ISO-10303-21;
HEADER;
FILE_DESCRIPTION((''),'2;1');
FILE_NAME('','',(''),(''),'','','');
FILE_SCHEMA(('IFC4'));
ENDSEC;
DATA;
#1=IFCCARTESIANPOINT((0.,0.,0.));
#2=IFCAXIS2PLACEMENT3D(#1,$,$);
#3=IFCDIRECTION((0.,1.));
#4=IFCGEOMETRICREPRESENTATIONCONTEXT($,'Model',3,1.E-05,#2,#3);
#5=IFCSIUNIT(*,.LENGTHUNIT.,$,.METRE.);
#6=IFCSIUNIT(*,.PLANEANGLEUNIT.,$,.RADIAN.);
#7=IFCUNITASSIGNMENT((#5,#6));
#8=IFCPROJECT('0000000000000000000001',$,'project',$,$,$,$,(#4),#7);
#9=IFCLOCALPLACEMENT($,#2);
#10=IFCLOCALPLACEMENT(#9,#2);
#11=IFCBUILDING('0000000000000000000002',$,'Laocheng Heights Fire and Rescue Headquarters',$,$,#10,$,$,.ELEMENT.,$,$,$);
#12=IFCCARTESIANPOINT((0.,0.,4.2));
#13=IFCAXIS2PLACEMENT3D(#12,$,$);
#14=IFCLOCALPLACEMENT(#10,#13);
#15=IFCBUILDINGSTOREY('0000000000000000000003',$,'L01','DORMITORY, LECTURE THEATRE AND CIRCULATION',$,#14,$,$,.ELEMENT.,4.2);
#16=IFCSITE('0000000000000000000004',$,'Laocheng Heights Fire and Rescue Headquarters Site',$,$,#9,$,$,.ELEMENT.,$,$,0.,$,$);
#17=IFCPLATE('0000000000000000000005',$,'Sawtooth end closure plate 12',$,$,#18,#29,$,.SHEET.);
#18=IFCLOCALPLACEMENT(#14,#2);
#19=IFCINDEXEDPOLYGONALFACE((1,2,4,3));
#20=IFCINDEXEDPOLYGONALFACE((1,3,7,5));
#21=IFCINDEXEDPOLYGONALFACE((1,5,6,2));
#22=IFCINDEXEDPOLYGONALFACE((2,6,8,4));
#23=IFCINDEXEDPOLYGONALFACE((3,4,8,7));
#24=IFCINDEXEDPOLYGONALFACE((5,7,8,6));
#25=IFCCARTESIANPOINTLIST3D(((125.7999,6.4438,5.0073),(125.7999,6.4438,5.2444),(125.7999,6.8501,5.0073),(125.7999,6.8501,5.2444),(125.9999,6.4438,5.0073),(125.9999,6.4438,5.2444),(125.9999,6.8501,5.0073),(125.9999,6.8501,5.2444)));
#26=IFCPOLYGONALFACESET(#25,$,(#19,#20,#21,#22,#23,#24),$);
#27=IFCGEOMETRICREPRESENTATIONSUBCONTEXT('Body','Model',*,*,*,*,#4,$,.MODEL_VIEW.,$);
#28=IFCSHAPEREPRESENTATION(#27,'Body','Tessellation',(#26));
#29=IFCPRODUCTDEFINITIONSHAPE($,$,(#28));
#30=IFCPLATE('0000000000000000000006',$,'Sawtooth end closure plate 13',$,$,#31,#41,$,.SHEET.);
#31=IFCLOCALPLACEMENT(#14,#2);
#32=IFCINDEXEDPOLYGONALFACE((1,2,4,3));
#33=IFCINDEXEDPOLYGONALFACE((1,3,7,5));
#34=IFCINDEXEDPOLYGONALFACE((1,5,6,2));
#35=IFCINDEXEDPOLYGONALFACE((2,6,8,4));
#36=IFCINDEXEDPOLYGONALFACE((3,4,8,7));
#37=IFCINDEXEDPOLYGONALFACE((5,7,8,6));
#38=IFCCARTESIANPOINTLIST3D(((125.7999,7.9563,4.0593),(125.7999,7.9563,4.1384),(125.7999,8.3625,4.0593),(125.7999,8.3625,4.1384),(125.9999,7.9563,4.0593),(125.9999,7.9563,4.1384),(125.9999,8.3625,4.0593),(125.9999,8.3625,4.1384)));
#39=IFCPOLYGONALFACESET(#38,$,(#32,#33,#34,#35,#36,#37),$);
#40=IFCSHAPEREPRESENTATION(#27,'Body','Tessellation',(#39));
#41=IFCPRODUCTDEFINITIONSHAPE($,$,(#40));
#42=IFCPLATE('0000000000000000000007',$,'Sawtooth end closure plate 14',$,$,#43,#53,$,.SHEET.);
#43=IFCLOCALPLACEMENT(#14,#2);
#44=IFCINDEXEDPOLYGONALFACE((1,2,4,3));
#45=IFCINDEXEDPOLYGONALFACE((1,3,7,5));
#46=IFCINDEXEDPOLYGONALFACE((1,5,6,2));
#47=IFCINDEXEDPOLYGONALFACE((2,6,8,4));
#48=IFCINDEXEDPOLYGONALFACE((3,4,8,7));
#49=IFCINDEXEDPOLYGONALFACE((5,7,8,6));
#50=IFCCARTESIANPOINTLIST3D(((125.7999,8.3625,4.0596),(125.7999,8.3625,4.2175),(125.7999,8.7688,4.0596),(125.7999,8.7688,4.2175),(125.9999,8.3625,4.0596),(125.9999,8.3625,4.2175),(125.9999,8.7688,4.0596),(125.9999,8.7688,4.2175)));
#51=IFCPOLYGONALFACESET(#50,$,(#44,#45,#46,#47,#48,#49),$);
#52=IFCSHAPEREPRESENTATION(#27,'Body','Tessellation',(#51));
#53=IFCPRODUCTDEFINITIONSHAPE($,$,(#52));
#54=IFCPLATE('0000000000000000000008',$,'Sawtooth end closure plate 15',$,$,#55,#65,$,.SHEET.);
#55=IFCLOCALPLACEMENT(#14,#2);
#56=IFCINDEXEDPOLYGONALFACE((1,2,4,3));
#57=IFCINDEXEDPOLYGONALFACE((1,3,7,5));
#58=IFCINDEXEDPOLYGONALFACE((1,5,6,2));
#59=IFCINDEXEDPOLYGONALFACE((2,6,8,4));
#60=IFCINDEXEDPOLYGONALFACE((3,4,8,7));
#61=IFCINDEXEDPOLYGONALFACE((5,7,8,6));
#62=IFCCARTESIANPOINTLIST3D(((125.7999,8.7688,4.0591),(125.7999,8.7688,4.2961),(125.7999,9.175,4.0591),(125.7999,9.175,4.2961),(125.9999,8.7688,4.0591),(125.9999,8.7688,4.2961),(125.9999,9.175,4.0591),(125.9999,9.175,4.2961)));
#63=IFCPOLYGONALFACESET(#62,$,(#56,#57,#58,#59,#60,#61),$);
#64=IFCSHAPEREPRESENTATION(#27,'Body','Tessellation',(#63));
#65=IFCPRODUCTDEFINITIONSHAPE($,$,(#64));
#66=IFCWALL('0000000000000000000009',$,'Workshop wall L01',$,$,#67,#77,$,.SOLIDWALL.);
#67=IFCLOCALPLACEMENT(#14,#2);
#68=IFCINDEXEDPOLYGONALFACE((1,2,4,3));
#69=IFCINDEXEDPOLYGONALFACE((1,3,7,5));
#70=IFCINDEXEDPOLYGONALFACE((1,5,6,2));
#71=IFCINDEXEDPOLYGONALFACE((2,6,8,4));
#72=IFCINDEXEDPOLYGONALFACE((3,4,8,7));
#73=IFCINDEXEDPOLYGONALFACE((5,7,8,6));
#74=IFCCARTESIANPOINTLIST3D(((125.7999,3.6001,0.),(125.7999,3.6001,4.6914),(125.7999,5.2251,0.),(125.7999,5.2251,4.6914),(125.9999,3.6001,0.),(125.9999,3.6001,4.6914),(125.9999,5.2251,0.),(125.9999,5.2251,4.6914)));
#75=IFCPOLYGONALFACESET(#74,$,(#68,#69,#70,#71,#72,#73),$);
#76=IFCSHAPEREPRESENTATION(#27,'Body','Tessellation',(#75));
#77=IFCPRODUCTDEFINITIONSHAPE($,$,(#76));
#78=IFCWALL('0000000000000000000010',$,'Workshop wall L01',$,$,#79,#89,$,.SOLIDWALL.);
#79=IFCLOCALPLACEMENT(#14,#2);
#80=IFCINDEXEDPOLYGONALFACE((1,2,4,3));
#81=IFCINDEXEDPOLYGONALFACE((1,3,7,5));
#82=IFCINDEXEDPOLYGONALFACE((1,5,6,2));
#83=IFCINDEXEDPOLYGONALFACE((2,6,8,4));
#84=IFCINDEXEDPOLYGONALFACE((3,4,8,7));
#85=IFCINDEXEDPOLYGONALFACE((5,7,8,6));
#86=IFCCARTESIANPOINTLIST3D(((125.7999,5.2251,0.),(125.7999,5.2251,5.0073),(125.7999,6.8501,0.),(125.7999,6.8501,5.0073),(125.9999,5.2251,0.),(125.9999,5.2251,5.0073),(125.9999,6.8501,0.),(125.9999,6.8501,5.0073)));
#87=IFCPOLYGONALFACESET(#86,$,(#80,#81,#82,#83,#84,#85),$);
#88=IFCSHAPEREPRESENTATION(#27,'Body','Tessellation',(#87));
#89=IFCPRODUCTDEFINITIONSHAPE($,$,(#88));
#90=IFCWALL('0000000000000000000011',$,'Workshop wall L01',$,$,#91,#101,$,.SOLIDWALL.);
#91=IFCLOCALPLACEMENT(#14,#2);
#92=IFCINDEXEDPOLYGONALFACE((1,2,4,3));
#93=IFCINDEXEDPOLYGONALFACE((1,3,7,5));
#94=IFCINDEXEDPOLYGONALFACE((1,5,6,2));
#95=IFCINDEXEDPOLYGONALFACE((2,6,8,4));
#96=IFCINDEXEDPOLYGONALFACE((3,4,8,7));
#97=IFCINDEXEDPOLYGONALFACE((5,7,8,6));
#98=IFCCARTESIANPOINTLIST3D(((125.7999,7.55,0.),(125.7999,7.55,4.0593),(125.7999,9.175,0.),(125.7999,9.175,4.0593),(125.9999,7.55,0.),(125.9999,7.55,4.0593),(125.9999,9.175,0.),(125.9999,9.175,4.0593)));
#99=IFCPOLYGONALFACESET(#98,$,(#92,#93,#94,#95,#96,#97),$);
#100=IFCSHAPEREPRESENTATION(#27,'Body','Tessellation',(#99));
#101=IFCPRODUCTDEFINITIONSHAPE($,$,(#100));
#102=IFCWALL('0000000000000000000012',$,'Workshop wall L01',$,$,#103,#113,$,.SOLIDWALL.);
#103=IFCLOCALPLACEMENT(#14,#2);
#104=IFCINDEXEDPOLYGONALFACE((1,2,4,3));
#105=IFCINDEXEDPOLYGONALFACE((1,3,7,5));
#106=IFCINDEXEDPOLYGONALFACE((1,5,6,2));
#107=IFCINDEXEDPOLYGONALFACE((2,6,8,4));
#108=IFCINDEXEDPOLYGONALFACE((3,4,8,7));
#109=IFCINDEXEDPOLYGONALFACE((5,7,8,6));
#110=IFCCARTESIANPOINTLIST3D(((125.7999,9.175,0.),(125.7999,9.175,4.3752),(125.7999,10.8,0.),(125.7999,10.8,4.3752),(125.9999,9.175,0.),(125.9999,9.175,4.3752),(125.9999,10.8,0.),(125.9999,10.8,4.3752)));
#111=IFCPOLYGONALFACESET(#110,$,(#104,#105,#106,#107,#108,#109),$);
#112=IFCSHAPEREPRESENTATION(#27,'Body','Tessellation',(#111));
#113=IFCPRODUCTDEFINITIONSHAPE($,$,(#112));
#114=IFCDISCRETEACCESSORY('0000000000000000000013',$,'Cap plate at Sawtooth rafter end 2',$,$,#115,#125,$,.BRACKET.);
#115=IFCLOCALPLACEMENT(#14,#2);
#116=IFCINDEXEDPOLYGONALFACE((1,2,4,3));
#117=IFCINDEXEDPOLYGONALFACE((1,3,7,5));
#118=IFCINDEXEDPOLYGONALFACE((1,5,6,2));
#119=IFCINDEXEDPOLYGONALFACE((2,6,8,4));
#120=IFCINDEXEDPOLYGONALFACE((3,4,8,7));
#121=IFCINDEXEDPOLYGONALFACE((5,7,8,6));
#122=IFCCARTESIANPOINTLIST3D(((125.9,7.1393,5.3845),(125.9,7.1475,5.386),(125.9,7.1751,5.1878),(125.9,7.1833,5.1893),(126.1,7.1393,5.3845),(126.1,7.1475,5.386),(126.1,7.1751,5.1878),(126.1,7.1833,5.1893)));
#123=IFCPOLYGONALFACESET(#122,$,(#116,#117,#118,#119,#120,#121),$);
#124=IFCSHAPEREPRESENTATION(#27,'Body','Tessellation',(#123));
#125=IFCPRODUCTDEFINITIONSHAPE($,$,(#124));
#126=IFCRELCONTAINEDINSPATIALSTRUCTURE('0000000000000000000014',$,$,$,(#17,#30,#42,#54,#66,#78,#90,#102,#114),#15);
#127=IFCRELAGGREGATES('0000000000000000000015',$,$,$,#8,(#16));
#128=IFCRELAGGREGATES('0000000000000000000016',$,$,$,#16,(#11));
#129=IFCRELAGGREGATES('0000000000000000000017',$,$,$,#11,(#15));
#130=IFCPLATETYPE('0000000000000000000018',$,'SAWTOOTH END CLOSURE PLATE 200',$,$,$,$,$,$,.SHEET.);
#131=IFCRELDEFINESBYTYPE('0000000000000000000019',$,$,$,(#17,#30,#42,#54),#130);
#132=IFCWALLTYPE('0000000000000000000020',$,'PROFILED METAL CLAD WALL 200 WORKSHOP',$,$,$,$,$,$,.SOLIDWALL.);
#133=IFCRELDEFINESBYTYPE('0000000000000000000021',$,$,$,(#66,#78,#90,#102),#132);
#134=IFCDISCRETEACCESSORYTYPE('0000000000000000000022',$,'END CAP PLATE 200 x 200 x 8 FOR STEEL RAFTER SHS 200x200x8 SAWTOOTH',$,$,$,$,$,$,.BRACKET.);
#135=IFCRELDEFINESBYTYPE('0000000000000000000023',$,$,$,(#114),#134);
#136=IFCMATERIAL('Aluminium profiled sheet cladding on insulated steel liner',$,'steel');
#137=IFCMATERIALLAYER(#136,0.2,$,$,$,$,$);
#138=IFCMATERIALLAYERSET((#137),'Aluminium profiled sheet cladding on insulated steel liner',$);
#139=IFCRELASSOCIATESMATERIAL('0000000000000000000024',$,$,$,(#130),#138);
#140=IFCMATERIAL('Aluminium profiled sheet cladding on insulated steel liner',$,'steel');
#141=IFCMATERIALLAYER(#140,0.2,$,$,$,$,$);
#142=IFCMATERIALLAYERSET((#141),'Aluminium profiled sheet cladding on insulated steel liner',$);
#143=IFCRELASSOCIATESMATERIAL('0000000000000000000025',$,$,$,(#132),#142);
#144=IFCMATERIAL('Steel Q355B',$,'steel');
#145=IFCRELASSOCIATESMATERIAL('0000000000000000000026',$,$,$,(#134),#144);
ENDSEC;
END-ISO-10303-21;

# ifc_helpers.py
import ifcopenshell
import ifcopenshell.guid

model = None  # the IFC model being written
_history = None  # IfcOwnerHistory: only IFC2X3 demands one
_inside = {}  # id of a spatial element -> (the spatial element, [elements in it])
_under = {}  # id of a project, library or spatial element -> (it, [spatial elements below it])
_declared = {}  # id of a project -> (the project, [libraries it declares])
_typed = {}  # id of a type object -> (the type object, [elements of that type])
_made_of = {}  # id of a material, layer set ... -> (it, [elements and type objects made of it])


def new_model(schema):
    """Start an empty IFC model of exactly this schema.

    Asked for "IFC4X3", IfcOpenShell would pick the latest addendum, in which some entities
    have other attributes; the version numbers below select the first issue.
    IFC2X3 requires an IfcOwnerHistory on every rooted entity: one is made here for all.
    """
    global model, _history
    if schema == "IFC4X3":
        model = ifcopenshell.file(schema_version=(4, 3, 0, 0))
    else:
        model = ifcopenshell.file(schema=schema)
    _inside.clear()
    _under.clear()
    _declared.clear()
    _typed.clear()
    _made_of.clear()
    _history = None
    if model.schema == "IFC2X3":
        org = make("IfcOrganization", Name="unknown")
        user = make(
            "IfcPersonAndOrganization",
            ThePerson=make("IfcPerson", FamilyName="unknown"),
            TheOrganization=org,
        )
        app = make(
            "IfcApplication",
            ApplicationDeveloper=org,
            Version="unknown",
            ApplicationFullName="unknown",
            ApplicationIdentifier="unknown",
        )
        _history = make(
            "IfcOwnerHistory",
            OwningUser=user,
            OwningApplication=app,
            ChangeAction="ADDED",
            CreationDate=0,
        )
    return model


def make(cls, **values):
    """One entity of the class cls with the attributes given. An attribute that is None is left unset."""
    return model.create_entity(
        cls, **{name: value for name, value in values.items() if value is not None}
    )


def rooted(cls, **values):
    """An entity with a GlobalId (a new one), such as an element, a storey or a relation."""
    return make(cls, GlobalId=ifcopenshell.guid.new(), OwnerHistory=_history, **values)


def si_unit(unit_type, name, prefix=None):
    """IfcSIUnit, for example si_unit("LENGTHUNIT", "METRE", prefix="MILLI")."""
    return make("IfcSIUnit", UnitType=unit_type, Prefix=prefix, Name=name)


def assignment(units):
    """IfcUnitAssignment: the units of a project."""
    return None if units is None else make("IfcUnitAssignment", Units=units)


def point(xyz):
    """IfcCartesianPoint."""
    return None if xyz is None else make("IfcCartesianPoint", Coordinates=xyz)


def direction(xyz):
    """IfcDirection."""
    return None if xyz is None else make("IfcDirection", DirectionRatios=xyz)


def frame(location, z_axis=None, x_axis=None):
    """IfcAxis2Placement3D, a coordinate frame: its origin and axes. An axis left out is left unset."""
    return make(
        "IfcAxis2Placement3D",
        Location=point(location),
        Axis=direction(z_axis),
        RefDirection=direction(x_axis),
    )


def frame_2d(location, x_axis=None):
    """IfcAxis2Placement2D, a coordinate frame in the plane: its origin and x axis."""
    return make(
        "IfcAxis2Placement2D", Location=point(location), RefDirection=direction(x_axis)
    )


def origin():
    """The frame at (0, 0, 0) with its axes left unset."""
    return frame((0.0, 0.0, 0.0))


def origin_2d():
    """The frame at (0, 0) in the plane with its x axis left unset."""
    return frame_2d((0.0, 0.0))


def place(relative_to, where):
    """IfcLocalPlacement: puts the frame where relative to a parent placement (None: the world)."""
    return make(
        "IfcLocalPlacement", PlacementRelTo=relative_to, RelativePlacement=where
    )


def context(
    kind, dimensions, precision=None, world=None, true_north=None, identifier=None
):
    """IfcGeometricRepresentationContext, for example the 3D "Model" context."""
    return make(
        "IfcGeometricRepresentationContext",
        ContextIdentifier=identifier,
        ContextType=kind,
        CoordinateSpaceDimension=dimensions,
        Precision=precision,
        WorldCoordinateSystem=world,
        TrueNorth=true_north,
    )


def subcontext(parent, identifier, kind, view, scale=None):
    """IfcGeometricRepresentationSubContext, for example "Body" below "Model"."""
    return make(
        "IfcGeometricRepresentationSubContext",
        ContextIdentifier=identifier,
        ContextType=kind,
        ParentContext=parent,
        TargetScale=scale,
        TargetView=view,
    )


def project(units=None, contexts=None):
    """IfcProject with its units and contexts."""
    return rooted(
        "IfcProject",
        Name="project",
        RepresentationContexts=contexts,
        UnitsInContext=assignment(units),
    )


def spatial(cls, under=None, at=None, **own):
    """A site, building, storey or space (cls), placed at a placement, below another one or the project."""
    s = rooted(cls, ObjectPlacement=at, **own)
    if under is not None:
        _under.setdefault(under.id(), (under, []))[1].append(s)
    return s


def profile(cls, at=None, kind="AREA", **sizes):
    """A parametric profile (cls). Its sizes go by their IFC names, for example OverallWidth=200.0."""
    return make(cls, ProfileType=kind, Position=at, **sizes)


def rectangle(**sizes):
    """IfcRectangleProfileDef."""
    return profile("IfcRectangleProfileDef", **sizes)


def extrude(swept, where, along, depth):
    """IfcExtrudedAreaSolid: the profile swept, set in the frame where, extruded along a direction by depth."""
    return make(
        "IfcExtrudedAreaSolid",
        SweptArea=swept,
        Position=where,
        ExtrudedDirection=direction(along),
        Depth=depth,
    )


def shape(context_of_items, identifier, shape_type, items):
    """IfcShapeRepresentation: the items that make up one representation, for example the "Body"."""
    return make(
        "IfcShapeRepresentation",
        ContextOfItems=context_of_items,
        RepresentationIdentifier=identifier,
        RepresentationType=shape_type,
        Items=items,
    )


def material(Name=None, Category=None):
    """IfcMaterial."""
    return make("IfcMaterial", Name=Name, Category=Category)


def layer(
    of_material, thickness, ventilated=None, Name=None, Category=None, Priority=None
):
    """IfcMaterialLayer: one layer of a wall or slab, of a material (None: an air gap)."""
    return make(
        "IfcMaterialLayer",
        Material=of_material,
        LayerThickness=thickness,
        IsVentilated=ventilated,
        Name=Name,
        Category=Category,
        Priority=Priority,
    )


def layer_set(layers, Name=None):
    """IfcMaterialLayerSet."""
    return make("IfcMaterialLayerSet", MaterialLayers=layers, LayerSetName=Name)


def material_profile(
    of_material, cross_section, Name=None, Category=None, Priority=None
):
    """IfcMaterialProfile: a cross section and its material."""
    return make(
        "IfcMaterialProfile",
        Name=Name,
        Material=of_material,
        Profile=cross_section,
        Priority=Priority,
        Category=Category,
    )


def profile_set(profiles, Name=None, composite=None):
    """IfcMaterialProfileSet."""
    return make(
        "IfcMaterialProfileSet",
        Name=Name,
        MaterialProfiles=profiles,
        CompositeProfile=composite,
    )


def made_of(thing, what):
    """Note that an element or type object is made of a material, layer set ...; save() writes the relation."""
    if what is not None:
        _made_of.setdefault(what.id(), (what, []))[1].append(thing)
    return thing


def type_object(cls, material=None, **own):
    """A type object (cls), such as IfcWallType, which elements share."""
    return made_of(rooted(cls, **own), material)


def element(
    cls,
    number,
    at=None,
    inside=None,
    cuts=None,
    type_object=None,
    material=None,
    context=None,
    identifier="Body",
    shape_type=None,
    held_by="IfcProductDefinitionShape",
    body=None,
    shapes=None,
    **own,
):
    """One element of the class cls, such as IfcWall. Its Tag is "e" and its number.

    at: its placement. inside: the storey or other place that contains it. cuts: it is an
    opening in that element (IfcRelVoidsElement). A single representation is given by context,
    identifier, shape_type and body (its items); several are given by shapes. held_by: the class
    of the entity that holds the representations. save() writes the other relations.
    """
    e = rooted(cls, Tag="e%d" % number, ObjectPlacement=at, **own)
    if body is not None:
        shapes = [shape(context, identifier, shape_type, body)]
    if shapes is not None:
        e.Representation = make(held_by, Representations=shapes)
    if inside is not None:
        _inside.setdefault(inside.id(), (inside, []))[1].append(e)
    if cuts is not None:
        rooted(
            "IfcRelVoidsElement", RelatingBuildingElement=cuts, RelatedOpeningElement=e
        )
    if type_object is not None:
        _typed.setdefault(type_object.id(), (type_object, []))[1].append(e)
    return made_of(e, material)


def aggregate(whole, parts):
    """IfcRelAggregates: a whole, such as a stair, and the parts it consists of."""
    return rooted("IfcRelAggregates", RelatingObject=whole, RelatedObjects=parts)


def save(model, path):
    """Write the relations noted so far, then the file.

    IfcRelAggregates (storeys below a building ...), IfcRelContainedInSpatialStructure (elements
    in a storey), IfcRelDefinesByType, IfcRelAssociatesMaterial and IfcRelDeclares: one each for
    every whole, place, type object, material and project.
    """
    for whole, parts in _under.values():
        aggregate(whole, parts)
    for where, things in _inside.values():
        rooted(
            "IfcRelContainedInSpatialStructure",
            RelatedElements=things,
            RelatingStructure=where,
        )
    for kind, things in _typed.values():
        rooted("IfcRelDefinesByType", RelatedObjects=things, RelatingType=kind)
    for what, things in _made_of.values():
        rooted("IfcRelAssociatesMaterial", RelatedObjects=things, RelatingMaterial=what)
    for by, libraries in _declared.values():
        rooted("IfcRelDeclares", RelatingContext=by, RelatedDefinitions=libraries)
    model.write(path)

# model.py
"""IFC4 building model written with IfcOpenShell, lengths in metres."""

from ifc_helpers import new_model, si_unit, direction, frame, frame_2d, origin, origin_2d, place, context, subcontext, project, spatial, rectangle, extrude, material, layer, layer_set, material_profile, profile_set, type_object, element, save


model = new_model("IFC4")

# Units and contexts
model_context = context("Model", 3, precision=1e-05, world=origin(), true_north=direction((0.0, 1.0)))
body_context = subcontext(model_context, "Body", "Model", "MODEL_VIEW")
ifc_project = project(units=[si_unit("LENGTHUNIT", "METRE"), si_unit("PLANEANGLEUNIT", "RADIAN")], contexts=[model_context])

# Site, building, storey
site_placement = place(None, origin())
site = spatial("IfcSite", under=ifc_project, at=site_placement, Name="Laocheng Heights Fire and Rescue Headquarters Site", CompositionType="ELEMENT", RefElevation=0.0)
building_placement = place(site_placement, origin())
building = spatial("IfcBuilding", under=site, at=building_placement, Name="Laocheng Heights Fire and Rescue Headquarters", CompositionType="ELEMENT")
storey_placement = place(building_placement, frame((0.0, 0.0, 4.2)))
storey = spatial("IfcBuildingStorey", under=building, at=storey_placement, Name="L01", Description="DORMITORY, LECTURE THEATRE AND CIRCULATION", CompositionType="ELEMENT", Elevation=4.2)

# Plates
ifc_material_1 = material(Name="Aluminium profiled sheet cladding on insulated steel liner", Category="steel")
ifc_layer_1 = layer(ifc_material_1, 0.2)
ifc_layer_set_1 = layer_set([ifc_layer_1], Name="Aluminium profiled sheet cladding on insulated steel liner")
plate_type = type_object("IfcPlateType", Name="SAWTOOTH END CLOSURE PLATE 200", PredefinedType="SHEET", material=ifc_layer_set_1)
plate_1_placement = place(storey_placement, frame((125.8999, 6.647, 5.0073), z_axis=(0.0, 0.0, 1.0), x_axis=(1.0, 0.0, 0.0)))
element("IfcPlate", 1, at=plate_1_placement, inside=storey, type_object=plate_type, Name="Sawtooth end closure plate 12", PredefinedType="SHEET", context=body_context, shape_type="SweptSolid", body=[
    extrude(rectangle(XDim=0.2, YDim=0.4062, at=origin_2d()), origin(), (0.0, 0.0, 1.0), 0.2371),
])
plate_2_placement = place(storey_placement, frame((125.8999, 8.1594, 4.0593), z_axis=(0.0, 0.0, 1.0), x_axis=(1.0, 0.0, 0.0)))
element("IfcPlate", 2, at=plate_2_placement, inside=storey, type_object=plate_type, Name="Sawtooth end closure plate 13", PredefinedType="SHEET", context=body_context, shape_type="SweptSolid", body=[
    extrude(rectangle(XDim=0.2, YDim=0.4062, at=origin_2d()), origin(), (0.0, 0.0, 1.0), 0.0791),
])
plate_3_placement = place(storey_placement, frame((125.8999, 8.5657, 4.0596), z_axis=(0.0, 0.0, 1.0), x_axis=(1.0, 0.0, 0.0)))
element("IfcPlate", 3, at=plate_3_placement, inside=storey, type_object=plate_type, Name="Sawtooth end closure plate 14", PredefinedType="SHEET", context=body_context, shape_type="SweptSolid", body=[
    extrude(rectangle(XDim=0.2, YDim=0.4062, at=origin_2d()), origin(), (0.0, 0.0, 1.0), 0.158),
])
plate_4_placement = place(storey_placement, frame((125.8999, 8.9719, 4.0591), z_axis=(0.0, 0.0, 1.0), x_axis=(1.0, 0.0, 0.0)))
element("IfcPlate", 4, at=plate_4_placement, inside=storey, type_object=plate_type, Name="Sawtooth end closure plate 15", PredefinedType="SHEET", context=body_context, shape_type="SweptSolid", body=[
    extrude(rectangle(XDim=0.2, YDim=0.4062, at=origin_2d()), origin(), (0.0, 0.0, 1.0), 0.2371),
])

# Walls
ifc_material_2 = material(Name="Aluminium profiled sheet cladding on insulated steel liner", Category="steel")
ifc_layer_2 = layer(ifc_material_2, 0.2)
ifc_layer_set_2 = layer_set([ifc_layer_2], Name="Aluminium profiled sheet cladding on insulated steel liner")
wall_type = type_object("IfcWallType", Name="PROFILED METAL CLAD WALL 200 WORKSHOP", PredefinedType="SOLIDWALL", material=ifc_layer_set_2)
wall_1_placement = place(storey_placement, frame((125.8999, 3.6001, 0.0), z_axis=(0.0, 0.0, 1.0), x_axis=(0.0, 1.0, 0.0)))
element("IfcWall", 5, at=wall_1_placement, inside=storey, type_object=wall_type, Name="Workshop wall L01", PredefinedType="SOLIDWALL", context=body_context, shape_type="SweptSolid", body=[
    extrude(rectangle(XDim=1.625, YDim=0.2, at=frame_2d((0.8125, 0.0))), origin(), (0.0, 0.0, 1.0), 4.6914),
])
wall_2_placement = place(storey_placement, frame((125.8999, 5.2251, 0.0), z_axis=(0.0, 0.0, 1.0), x_axis=(0.0, 1.0, 0.0)))
element("IfcWall", 6, at=wall_2_placement, inside=storey, type_object=wall_type, Name="Workshop wall L01", PredefinedType="SOLIDWALL", context=body_context, shape_type="SweptSolid", body=[
    extrude(rectangle(XDim=1.625, YDim=0.2, at=frame_2d((0.8125, 0.0))), origin(), (0.0, 0.0, 1.0), 5.0073),
])
wall_3_placement = place(storey_placement, frame((125.8999, 7.55, 0.0), z_axis=(0.0, 0.0, 1.0), x_axis=(0.0, 1.0, 0.0)))
element("IfcWall", 7, at=wall_3_placement, inside=storey, type_object=wall_type, Name="Workshop wall L01", PredefinedType="SOLIDWALL", context=body_context, shape_type="SweptSolid", body=[
    extrude(rectangle(XDim=1.625, YDim=0.2, at=frame_2d((0.8125, 0.0))), origin(), (0.0, 0.0, 1.0), 4.0593),
])
wall_4_placement = place(storey_placement, frame((125.8999, 9.175, 0.0), z_axis=(0.0, 0.0, 1.0), x_axis=(0.0, 1.0, 0.0)))
element("IfcWall", 8, at=wall_4_placement, inside=storey, type_object=wall_type, Name="Workshop wall L01", PredefinedType="SOLIDWALL", context=body_context, shape_type="SweptSolid", body=[
    extrude(rectangle(XDim=1.625, YDim=0.2, at=frame_2d((0.8125, 0.0))), origin(), (0.0, 0.0, 1.0), 4.3752),
])

# Discrete accessory
ifc_material_3 = material(Name="Steel Q355B", Category="steel")
ifc_material_profile_1 = material_profile(ifc_material_3, rectangle(XDim=0.2, YDim=0.2, at=origin_2d()), Name="END CAP PLATE 200 x 200 x 8 FOR STEEL RAFTER SHS 200x200x8 SAWTOOTH")
ifc_profile_set_1 = profile_set([ifc_material_profile_1], Name="Steel Q355B")
discrete_accessory_type = type_object("IfcDiscreteAccessoryType", Name="END CAP PLATE 200 x 200 x 8 FOR STEEL RAFTER SHS 200x200x8 SAWTOOTH", PredefinedType="BRACKET", material=ifc_profile_set_1)
discrete_accessory_placement = place(storey_placement, frame((126.0, 7.1572, 5.2861), z_axis=(0.0, 0.98387, 0.178885), x_axis=(-1.0, 0.0, 0.0)))
element("IfcDiscreteAccessory", 9, at=discrete_accessory_placement, inside=storey, type_object=discrete_accessory_type, Name="Cap plate at Sawtooth rafter end 2", PredefinedType="BRACKET", context=body_context, shape_type="SweptSolid", body=[
    extrude(rectangle(XDim=0.2, YDim=0.2, at=origin_2d()), origin(), (0.0, 0.0, 1.0), 0.0083),
])

save(model, "model.ifc")
